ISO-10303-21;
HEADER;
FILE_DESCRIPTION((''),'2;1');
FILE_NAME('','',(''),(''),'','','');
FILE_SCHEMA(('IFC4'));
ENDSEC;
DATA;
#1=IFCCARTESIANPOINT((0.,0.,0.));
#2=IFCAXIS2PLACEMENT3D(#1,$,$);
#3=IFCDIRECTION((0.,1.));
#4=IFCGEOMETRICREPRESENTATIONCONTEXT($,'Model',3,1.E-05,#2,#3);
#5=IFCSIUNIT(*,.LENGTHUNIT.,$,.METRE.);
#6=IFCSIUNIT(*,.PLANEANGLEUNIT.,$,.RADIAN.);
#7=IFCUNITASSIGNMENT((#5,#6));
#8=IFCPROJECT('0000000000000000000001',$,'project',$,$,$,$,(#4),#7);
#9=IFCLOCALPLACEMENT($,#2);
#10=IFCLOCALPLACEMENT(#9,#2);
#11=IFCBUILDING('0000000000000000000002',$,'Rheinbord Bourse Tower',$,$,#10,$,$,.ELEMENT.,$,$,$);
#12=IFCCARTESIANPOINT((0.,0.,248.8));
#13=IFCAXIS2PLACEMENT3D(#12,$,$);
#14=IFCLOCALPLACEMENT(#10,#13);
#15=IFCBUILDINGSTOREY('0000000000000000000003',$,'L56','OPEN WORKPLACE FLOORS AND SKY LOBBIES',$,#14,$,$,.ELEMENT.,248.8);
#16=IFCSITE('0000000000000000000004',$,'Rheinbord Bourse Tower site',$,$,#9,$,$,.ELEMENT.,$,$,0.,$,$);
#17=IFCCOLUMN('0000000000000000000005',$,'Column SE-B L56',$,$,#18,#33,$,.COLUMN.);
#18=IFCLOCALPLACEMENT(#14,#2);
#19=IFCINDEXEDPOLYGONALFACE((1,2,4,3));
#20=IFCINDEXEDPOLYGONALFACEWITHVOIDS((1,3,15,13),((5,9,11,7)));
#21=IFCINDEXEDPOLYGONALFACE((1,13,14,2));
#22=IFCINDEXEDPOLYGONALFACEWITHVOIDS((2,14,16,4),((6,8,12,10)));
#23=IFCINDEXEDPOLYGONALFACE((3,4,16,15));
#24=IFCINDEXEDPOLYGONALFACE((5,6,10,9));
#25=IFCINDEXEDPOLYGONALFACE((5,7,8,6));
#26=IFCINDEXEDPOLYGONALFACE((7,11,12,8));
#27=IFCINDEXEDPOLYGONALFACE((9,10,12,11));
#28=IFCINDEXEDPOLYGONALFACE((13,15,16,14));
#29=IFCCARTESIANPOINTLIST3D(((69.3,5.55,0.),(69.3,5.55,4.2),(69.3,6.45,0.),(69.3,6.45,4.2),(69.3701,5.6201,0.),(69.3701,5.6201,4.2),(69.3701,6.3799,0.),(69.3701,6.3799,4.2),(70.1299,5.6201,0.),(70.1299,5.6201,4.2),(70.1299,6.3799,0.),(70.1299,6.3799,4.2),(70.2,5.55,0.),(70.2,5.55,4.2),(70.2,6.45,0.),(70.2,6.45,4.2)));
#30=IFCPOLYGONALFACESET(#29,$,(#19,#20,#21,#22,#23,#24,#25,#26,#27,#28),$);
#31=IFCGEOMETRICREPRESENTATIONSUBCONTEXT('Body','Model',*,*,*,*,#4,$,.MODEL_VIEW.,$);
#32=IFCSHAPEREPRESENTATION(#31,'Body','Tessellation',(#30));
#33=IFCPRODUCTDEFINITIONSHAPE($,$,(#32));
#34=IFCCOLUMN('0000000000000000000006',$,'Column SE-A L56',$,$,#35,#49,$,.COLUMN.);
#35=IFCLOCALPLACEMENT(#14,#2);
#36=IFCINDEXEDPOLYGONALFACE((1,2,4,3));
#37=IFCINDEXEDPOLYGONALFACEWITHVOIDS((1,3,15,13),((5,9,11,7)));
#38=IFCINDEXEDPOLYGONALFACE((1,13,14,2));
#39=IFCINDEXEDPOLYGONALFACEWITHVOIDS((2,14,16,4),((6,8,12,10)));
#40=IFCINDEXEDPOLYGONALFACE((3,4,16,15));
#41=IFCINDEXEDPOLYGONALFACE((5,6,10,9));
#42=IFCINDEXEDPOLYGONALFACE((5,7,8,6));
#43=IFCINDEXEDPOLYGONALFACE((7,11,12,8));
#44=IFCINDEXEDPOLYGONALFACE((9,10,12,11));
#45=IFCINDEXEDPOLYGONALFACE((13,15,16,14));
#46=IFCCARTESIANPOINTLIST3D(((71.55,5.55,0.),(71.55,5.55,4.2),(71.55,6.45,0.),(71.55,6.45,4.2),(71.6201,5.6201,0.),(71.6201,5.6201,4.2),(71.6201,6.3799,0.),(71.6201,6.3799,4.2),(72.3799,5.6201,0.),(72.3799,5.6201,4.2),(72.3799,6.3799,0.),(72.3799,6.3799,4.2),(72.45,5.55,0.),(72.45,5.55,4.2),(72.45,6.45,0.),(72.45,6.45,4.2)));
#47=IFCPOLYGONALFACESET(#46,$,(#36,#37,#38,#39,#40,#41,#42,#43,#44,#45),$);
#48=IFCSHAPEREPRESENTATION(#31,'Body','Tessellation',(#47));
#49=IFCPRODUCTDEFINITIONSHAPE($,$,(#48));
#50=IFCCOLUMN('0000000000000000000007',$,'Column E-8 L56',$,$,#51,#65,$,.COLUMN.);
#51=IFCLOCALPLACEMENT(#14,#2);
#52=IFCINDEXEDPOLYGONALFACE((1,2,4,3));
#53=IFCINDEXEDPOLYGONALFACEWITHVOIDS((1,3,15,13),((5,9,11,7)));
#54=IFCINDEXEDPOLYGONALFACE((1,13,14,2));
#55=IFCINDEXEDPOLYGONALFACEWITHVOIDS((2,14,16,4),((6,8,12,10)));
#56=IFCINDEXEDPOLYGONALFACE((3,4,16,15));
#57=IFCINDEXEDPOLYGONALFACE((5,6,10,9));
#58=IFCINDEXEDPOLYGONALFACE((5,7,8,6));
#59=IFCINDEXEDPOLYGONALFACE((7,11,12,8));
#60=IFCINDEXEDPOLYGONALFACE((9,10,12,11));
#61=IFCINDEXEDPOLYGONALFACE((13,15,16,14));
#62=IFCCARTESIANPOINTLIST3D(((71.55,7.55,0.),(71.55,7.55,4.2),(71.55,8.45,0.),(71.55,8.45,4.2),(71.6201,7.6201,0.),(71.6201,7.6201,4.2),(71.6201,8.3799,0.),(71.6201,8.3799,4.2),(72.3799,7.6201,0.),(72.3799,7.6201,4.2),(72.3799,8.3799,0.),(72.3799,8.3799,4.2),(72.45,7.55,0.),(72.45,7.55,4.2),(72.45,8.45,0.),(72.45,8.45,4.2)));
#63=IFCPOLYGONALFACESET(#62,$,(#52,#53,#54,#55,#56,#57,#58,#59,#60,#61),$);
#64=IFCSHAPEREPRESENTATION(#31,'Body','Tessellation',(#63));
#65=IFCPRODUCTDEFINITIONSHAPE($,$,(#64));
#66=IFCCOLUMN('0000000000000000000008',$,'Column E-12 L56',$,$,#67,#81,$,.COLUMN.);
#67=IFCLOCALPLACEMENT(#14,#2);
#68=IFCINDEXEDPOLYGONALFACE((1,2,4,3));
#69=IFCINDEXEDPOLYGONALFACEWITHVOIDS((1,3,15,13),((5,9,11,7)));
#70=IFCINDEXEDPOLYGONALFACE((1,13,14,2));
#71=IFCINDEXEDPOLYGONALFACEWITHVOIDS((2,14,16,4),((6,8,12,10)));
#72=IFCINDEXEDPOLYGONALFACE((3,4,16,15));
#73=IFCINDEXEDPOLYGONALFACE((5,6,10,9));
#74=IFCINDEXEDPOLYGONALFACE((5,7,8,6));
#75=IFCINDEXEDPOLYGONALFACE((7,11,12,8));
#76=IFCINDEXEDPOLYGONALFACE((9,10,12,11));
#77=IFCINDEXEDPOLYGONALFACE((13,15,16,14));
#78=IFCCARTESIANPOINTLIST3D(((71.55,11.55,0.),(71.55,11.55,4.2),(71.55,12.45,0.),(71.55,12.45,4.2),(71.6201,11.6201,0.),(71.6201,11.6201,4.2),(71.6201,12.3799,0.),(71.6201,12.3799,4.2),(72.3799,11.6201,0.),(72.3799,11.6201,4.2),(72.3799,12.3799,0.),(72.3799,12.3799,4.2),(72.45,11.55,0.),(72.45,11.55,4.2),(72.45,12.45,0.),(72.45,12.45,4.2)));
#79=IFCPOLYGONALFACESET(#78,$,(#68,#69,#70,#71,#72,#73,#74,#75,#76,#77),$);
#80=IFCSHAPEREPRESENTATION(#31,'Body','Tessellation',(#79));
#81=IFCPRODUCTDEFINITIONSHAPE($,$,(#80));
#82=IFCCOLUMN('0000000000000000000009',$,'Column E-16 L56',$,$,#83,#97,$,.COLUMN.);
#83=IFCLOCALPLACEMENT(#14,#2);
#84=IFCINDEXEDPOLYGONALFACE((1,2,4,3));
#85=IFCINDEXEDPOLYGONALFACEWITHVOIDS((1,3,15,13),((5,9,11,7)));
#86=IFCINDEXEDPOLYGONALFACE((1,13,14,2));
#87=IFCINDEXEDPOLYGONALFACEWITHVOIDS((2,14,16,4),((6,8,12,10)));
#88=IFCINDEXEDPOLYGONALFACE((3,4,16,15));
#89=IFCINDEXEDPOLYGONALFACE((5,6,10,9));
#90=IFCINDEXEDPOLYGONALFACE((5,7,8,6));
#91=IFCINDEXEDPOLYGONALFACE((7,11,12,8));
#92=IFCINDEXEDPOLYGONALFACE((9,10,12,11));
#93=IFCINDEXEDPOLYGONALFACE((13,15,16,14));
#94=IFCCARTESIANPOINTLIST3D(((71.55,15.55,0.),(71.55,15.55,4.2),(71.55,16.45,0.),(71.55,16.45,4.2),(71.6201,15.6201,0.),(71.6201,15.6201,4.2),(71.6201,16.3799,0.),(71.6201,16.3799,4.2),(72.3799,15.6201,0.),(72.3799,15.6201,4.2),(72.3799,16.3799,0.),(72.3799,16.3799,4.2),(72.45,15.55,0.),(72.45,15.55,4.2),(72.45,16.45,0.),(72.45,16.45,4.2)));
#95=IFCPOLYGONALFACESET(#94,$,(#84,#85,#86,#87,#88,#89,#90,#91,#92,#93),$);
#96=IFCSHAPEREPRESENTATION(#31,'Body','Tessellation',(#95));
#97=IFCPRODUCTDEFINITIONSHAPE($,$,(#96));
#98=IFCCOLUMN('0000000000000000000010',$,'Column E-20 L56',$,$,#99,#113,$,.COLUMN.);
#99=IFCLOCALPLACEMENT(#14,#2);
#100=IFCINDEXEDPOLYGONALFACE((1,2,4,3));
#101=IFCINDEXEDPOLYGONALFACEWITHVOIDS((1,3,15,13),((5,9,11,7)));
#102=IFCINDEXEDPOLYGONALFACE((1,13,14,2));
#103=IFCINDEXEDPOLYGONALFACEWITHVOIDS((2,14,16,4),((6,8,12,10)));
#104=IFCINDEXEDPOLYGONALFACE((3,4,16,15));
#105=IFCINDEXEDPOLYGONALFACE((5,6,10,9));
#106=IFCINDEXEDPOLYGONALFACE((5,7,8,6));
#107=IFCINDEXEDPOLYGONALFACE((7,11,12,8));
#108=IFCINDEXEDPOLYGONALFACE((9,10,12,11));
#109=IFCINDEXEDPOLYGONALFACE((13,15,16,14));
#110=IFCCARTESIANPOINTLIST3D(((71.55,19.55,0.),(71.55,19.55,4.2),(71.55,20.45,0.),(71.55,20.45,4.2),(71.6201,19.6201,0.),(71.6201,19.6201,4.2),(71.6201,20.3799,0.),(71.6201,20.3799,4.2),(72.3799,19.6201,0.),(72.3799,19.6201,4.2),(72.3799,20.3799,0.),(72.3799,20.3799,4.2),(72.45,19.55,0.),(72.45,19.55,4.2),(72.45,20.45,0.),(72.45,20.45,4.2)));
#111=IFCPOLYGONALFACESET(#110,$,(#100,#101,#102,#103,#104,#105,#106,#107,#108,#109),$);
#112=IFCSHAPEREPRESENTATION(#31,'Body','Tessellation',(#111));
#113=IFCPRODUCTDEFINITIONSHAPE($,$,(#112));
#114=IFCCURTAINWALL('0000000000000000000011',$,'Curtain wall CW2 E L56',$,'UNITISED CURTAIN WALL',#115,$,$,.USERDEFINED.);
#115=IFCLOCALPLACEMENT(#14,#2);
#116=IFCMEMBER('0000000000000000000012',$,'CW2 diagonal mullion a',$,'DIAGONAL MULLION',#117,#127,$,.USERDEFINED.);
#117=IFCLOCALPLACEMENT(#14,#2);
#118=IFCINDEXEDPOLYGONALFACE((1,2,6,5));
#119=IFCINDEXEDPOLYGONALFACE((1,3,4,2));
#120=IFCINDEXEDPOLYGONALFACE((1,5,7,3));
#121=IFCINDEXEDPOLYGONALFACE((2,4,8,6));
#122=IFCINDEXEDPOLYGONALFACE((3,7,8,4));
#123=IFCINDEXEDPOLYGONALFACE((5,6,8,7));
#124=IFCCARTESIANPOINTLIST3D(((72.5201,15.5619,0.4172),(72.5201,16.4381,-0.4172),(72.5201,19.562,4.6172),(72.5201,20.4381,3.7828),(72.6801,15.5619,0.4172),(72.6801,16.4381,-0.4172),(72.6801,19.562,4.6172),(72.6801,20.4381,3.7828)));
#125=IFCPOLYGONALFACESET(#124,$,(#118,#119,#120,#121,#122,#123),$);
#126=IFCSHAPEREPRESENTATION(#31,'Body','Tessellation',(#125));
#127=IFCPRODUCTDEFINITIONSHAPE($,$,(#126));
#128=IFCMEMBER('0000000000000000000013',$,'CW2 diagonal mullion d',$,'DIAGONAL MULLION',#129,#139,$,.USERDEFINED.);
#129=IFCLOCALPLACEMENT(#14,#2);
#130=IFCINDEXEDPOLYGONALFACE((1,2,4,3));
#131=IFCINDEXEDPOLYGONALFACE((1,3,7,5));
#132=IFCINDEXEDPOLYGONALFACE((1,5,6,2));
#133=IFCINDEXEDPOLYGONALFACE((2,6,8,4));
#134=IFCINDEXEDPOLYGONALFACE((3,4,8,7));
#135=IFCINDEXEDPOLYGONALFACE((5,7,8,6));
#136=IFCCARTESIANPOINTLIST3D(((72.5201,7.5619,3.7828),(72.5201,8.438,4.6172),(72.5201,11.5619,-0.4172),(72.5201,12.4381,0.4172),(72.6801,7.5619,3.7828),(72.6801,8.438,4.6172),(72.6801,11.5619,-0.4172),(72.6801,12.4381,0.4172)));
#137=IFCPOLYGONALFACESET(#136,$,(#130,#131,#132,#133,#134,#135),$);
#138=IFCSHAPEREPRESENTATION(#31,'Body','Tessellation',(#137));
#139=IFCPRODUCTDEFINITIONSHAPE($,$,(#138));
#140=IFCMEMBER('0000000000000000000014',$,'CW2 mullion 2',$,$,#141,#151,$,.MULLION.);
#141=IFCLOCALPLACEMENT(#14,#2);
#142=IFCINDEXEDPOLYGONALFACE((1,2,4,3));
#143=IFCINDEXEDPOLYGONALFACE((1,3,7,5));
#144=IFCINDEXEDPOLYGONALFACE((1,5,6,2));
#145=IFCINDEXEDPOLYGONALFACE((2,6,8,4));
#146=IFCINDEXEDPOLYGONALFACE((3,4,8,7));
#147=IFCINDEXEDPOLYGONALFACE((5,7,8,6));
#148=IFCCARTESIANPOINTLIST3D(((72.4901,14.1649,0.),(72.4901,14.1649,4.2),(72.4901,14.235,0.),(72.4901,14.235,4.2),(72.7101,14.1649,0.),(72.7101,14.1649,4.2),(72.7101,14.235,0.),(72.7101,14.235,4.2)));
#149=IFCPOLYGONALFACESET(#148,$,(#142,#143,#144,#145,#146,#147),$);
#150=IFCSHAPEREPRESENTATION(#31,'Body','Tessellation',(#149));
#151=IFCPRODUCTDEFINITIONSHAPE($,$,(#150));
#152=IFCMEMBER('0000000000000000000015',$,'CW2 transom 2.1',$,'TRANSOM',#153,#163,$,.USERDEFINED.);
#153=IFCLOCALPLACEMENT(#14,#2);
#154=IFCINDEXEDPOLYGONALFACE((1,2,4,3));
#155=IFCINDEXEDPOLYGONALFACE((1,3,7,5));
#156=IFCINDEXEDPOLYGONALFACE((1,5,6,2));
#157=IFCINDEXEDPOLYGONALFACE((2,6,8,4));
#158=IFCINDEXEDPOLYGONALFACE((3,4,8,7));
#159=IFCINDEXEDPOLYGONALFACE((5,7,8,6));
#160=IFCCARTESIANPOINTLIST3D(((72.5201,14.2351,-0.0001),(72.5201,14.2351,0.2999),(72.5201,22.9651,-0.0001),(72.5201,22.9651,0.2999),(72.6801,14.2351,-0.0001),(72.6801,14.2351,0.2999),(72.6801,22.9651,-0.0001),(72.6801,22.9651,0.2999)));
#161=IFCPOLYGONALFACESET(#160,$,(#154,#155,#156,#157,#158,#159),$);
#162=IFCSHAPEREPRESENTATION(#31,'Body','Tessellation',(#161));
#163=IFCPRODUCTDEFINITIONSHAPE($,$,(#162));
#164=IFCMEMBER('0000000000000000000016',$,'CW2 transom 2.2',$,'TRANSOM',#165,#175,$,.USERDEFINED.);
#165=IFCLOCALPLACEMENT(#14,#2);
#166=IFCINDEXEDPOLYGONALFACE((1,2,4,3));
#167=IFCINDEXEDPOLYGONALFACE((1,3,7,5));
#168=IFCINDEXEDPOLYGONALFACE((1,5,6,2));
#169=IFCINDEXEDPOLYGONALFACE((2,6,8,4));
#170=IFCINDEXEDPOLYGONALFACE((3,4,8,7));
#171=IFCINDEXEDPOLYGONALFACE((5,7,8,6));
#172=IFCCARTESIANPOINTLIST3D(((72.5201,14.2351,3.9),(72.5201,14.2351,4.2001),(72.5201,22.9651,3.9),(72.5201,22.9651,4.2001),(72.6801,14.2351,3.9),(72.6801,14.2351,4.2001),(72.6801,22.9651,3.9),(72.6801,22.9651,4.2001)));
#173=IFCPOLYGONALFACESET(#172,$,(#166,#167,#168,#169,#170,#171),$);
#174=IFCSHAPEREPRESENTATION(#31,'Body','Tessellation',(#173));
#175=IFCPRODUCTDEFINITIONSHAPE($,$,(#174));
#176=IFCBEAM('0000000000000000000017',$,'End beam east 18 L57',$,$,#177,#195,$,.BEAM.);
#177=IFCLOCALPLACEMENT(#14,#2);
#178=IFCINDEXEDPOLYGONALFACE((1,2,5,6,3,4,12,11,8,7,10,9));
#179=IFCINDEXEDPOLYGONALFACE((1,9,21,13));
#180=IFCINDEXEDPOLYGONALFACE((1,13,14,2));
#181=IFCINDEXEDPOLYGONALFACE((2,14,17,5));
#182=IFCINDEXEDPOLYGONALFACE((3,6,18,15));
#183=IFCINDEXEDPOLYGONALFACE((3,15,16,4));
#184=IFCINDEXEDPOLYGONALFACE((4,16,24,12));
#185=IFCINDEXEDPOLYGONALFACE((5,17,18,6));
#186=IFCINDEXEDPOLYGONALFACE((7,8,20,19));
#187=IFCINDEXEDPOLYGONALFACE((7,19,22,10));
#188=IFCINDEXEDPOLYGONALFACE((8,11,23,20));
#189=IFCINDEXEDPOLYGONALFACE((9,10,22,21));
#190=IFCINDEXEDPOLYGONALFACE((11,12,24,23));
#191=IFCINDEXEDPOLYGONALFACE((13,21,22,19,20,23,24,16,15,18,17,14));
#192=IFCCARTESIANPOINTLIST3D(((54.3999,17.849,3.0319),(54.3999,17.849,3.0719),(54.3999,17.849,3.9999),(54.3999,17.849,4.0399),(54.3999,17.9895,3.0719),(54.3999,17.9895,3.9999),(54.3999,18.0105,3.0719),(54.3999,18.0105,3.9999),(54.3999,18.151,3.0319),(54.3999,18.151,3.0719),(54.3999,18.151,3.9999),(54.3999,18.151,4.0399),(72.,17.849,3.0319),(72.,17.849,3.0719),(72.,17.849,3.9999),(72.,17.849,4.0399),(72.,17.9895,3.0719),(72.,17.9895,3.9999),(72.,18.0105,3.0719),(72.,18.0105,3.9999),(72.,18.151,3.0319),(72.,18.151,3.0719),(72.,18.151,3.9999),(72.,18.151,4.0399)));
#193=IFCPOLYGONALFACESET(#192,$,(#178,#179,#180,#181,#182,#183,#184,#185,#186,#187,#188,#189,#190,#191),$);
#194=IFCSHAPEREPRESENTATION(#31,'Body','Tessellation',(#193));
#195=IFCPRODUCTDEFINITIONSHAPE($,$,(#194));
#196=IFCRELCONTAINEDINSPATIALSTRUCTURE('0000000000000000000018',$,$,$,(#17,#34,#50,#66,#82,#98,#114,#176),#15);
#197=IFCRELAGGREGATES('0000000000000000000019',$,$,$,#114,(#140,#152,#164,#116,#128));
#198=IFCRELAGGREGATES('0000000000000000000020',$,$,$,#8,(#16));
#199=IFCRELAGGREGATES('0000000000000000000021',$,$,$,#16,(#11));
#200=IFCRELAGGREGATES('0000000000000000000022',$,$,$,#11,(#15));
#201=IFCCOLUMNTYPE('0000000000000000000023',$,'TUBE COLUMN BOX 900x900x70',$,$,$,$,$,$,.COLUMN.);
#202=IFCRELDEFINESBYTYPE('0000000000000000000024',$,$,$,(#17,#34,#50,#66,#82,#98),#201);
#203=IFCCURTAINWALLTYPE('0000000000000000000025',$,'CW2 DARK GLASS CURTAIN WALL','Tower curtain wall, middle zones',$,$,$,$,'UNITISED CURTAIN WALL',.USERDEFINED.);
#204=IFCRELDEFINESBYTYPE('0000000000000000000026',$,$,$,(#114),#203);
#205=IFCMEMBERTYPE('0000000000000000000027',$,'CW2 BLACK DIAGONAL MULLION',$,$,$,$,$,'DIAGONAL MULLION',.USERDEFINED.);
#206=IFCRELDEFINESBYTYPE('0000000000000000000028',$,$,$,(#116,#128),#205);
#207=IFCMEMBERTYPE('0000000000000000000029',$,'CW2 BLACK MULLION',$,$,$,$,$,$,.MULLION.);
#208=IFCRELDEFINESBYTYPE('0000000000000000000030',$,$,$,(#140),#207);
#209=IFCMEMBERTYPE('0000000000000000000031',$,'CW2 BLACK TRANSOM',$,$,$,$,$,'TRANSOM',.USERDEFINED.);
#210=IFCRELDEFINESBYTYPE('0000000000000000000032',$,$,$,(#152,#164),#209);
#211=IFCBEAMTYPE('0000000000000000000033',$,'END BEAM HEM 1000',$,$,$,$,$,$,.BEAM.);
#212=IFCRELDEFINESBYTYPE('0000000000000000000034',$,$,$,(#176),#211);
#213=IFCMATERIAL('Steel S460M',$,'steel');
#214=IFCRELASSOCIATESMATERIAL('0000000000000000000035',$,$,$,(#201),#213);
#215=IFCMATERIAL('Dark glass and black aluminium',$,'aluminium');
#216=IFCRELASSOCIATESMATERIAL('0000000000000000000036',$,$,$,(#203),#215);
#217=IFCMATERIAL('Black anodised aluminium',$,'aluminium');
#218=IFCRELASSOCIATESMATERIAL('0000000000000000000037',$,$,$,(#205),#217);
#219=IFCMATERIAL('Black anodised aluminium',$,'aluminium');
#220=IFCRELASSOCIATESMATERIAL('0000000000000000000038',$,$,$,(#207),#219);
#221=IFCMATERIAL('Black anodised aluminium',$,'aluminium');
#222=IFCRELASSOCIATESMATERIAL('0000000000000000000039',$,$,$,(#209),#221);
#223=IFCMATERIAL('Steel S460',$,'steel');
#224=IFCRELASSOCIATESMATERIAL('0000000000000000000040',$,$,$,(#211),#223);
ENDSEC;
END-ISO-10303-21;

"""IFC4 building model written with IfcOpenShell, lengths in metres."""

from ifc_helpers import new_model, si_unit, direction, frame, origin, origin_2d, place, context, subcontext, project, spatial, rectangle, hollow_rectangle, i_section, extrude, material, material_profile, profile_set, type_object, element, aggregate, save


model = new_model("IFC4")

# Units and contexts
model_context = context("Model", 3, precision=1e-05, world=origin(), true_north=direction((0.0, 1.0)))
body_context = subcontext(model_context, "Body", "Model", "MODEL_VIEW")
ifc_project = project(units=[si_unit("LENGTHUNIT", "METRE"), si_unit("PLANEANGLEUNIT", "RADIAN")], contexts=[model_context])

# Site, building, storey
site_placement = place(None, origin())
site = spatial("IfcSite", under=ifc_project, at=site_placement, Name="Rheinbord Bourse Tower site", CompositionType="ELEMENT", RefElevation=0.0)
building_placement = place(site_placement, origin())
building = spatial("IfcBuilding", under=site, at=building_placement, Name="Rheinbord Bourse Tower", CompositionType="ELEMENT")
storey_placement = place(building_placement, frame((0.0, 0.0, 248.8)))
storey = spatial("IfcBuildingStorey", under=building, at=storey_placement, Name="L56", Description="OPEN WORKPLACE FLOORS AND SKY LOBBIES", CompositionType="ELEMENT", Elevation=248.8)

# Columns
ifc_material_1 = material(Name="Steel S460M", Category="steel")
ifc_material_profile_1 = material_profile(ifc_material_1, hollow_rectangle(XDim=0.8999, YDim=0.8999, WallThickness=0.0701, at=origin_2d()), Name="BOX 900x900x70")
ifc_profile_set_1 = profile_set([ifc_material_profile_1], Name="Steel S460M")
column_type = type_object("IfcColumnType", Name="TUBE COLUMN BOX 900x900x70", PredefinedType="COLUMN", material=ifc_profile_set_1)
for number, where, z_axis, x_axis, name in (
    (1, (69.75, 6.0, 0.0), (0.0, 0.0, 1.0), (1.0, 0.0, 0.0), "Column SE-B L56"),
    (2, (72.0, 6.0, 0.0), (0.0, 0.0, 1.0), (1.0, 0.0, 0.0), "Column SE-A L56"),
    (3, (72.0, 8.0, 0.0), (0.0, 0.0, 1.0), (1.0, 0.0, 0.0), "Column E-8 L56"),
    (4, (72.0, 12.0, 0.0), (0.0, 0.0, 1.0), (1.0, 0.0, 0.0), "Column E-12 L56"),
    (5, (72.0, 16.0, 0.0), (0.0, 0.0, 1.0), (1.0, 0.0, 0.0), "Column E-16 L56"),
    (6, (72.0, 20.0, 0.0), (0.0, 0.0, 1.0), (1.0, 0.0, 0.0), "Column E-20 L56"),
):
    element("IfcColumn", number, at=place(storey_placement, frame(where, z_axis=z_axis, x_axis=x_axis)), inside=storey, type_object=column_type, Name=name, PredefinedType="COLUMN", context=body_context, shape_type="SweptSolid", body=[
        extrude(hollow_rectangle(XDim=0.8999, YDim=0.8999, WallThickness=0.0701, at=origin_2d()), origin(), (0.0, 0.0, 1.0), 4.2),
    ])

# Curtain wall, members
ifc_material_2 = material(Name="Dark glass and black aluminium", Category="aluminium")
curtain_wall_type = type_object("IfcCurtainWallType", Name="CW2 DARK GLASS CURTAIN WALL", Description="Tower curtain wall, middle zones", ElementType="UNITISED CURTAIN WALL", PredefinedType="USERDEFINED", material=ifc_material_2)
curtain_wall_placement = place(storey_placement, origin())
curtain_wall = element("IfcCurtainWall", 7, at=curtain_wall_placement, inside=storey, type_object=curtain_wall_type, Name="Curtain wall CW2 E L56", ObjectType="UNITISED CURTAIN WALL", PredefinedType="USERDEFINED")
ifc_material_3 = material(Name="Black anodised aluminium", Category="aluminium")
ifc_material_profile_2 = material_profile(ifc_material_3, rectangle(XDim=0.1599, YDim=1.21, at=origin_2d()), Name="CW2 DIAGONAL MULLION 1210x160")
ifc_profile_set_2 = profile_set([ifc_material_profile_2], Name="Black anodised aluminium")
member_type_1 = type_object("IfcMemberType", Name="CW2 BLACK DIAGONAL MULLION", ElementType="DIAGONAL MULLION", PredefinedType="USERDEFINED", material=ifc_profile_set_2)
member_1_placement = place(storey_placement, frame((72.6001, 16.0, 0.0), z_axis=(0.0, 0.689659, 0.724134), x_axis=(-1.0, 0.0, 0.0)))
member_1 = element("IfcMember", 8, at=member_1_placement, type_object=member_type_1, Name="CW2 diagonal mullion a", ObjectType="DIAGONAL MULLION", PredefinedType="USERDEFINED", context=body_context, shape_type="SweptSolid", body=[
    extrude(rectangle(XDim=0.1599, YDim=1.21, at=origin_2d()), origin(), (0.0, 0.0, 1.0), 5.8),
])
member_2_placement = place(storey_placement, frame((72.6001, 12.0, 0.0), z_axis=(0.0, -0.689659, 0.724134), x_axis=(1.0, 0.0, 0.0)))
member_2 = element("IfcMember", 9, at=member_2_placement, type_object=member_type_1, Name="CW2 diagonal mullion d", ObjectType="DIAGONAL MULLION", PredefinedType="USERDEFINED", context=body_context, shape_type="SweptSolid", body=[
    extrude(rectangle(XDim=0.1599, YDim=1.21, at=origin_2d()), origin(), (0.0, 0.0, 1.0), 5.8),
])
ifc_material_4 = material(Name="Black anodised aluminium", Category="aluminium")
ifc_material_profile_3 = material_profile(ifc_material_4, rectangle(XDim=0.22, YDim=0.0701, at=origin_2d()), Name="CW2 MULLION 70x220")
ifc_profile_set_3 = profile_set([ifc_material_profile_3], Name="Black anodised aluminium")
member_type_2 = type_object("IfcMemberType", Name="CW2 BLACK MULLION", PredefinedType="MULLION", material=ifc_profile_set_3)
member_3_placement = place(storey_placement, frame((72.6001, 14.2, 0.0), z_axis=(0.0, 0.0, 1.0), x_axis=(-1.0, 0.0, 0.0)))
member_3 = element("IfcMember", 10, at=member_3_placement, type_object=member_type_2, Name="CW2 mullion 2", PredefinedType="MULLION", context=body_context, shape_type="SweptSolid", body=[
    extrude(rectangle(XDim=0.22, YDim=0.0701, at=origin_2d()), origin(), (0.0, 0.0, 1.0), 4.2),
])
ifc_material_5 = material(Name="Black anodised aluminium", Category="aluminium")
ifc_material_profile_4 = material_profile(ifc_material_5, rectangle(XDim=0.1599, YDim=0.3, at=origin_2d()), Name="CW2 TRANSOM 300x160")
ifc_profile_set_4 = profile_set([ifc_material_profile_4], Name="Black anodised aluminium")
member_type_3 = type_object("IfcMemberType", Name="CW2 BLACK TRANSOM", ElementType="TRANSOM", PredefinedType="USERDEFINED", material=ifc_profile_set_4)
member_4_placement = place(storey_placement, frame((72.6001, 14.2351, 0.1499), z_axis=(0.0, 1.0, 0.0), x_axis=(-1.0, 0.0, 0.0)))
member_4 = element("IfcMember", 11, at=member_4_placement, type_object=member_type_3, Name="CW2 transom 2.1", ObjectType="TRANSOM", PredefinedType="USERDEFINED", context=body_context, shape_type="SweptSolid", body=[
    extrude(rectangle(XDim=0.1599, YDim=0.3, at=origin_2d()), origin(), (0.0, 0.0, 1.0), 8.73),
])
member_5_placement = place(storey_placement, frame((72.6001, 14.2351, 4.05), z_axis=(0.0, 1.0, 0.0), x_axis=(-1.0, 0.0, 0.0)))
member_5 = element("IfcMember", 12, at=member_5_placement, type_object=member_type_3, Name="CW2 transom 2.2", ObjectType="TRANSOM", PredefinedType="USERDEFINED", context=body_context, shape_type="SweptSolid", body=[
    extrude(rectangle(XDim=0.1599, YDim=0.3, at=origin_2d()), origin(), (0.0, 0.0, 1.0), 8.73),
])

# Beam
ifc_material_6 = material(Name="Steel S460", Category="steel")
ifc_material_profile_5 = material_profile(ifc_material_6, i_section(OverallWidth=0.302, OverallDepth=1.0081, WebThickness=0.021, FlangeThickness=0.04, at=origin_2d()), Name="HEM 1000")
ifc_profile_set_5 = profile_set([ifc_material_profile_5], Name="Steel S460")
beam_type_1 = type_object("IfcBeamType", Name="END BEAM HEM 1000", PredefinedType="BEAM", material=ifc_profile_set_5)
for number, where, z_axis, x_axis, name in (
    (13, (54.3999, 18.0, 3.5359), (1.0, 0.0, 0.0), (0.0, 1.0, 0.0), "End beam east 18 L57"),
):
    element("IfcBeam", number, at=place(storey_placement, frame(where, z_axis=z_axis, x_axis=x_axis)), inside=storey, type_object=beam_type_1, Name=name, PredefinedType="BEAM", context=body_context, shape_type="SweptSolid", body=[
        extrude(i_section(OverallWidth=0.302, OverallDepth=1.0081, WebThickness=0.021, FlangeThickness=0.04, at=origin_2d()), origin(), (0.0, 0.0, 1.0), 17.6001),
    ])

aggregate(curtain_wall, [member_3, member_4, member_5, member_1, member_2])

save(model, "model.ifc")
